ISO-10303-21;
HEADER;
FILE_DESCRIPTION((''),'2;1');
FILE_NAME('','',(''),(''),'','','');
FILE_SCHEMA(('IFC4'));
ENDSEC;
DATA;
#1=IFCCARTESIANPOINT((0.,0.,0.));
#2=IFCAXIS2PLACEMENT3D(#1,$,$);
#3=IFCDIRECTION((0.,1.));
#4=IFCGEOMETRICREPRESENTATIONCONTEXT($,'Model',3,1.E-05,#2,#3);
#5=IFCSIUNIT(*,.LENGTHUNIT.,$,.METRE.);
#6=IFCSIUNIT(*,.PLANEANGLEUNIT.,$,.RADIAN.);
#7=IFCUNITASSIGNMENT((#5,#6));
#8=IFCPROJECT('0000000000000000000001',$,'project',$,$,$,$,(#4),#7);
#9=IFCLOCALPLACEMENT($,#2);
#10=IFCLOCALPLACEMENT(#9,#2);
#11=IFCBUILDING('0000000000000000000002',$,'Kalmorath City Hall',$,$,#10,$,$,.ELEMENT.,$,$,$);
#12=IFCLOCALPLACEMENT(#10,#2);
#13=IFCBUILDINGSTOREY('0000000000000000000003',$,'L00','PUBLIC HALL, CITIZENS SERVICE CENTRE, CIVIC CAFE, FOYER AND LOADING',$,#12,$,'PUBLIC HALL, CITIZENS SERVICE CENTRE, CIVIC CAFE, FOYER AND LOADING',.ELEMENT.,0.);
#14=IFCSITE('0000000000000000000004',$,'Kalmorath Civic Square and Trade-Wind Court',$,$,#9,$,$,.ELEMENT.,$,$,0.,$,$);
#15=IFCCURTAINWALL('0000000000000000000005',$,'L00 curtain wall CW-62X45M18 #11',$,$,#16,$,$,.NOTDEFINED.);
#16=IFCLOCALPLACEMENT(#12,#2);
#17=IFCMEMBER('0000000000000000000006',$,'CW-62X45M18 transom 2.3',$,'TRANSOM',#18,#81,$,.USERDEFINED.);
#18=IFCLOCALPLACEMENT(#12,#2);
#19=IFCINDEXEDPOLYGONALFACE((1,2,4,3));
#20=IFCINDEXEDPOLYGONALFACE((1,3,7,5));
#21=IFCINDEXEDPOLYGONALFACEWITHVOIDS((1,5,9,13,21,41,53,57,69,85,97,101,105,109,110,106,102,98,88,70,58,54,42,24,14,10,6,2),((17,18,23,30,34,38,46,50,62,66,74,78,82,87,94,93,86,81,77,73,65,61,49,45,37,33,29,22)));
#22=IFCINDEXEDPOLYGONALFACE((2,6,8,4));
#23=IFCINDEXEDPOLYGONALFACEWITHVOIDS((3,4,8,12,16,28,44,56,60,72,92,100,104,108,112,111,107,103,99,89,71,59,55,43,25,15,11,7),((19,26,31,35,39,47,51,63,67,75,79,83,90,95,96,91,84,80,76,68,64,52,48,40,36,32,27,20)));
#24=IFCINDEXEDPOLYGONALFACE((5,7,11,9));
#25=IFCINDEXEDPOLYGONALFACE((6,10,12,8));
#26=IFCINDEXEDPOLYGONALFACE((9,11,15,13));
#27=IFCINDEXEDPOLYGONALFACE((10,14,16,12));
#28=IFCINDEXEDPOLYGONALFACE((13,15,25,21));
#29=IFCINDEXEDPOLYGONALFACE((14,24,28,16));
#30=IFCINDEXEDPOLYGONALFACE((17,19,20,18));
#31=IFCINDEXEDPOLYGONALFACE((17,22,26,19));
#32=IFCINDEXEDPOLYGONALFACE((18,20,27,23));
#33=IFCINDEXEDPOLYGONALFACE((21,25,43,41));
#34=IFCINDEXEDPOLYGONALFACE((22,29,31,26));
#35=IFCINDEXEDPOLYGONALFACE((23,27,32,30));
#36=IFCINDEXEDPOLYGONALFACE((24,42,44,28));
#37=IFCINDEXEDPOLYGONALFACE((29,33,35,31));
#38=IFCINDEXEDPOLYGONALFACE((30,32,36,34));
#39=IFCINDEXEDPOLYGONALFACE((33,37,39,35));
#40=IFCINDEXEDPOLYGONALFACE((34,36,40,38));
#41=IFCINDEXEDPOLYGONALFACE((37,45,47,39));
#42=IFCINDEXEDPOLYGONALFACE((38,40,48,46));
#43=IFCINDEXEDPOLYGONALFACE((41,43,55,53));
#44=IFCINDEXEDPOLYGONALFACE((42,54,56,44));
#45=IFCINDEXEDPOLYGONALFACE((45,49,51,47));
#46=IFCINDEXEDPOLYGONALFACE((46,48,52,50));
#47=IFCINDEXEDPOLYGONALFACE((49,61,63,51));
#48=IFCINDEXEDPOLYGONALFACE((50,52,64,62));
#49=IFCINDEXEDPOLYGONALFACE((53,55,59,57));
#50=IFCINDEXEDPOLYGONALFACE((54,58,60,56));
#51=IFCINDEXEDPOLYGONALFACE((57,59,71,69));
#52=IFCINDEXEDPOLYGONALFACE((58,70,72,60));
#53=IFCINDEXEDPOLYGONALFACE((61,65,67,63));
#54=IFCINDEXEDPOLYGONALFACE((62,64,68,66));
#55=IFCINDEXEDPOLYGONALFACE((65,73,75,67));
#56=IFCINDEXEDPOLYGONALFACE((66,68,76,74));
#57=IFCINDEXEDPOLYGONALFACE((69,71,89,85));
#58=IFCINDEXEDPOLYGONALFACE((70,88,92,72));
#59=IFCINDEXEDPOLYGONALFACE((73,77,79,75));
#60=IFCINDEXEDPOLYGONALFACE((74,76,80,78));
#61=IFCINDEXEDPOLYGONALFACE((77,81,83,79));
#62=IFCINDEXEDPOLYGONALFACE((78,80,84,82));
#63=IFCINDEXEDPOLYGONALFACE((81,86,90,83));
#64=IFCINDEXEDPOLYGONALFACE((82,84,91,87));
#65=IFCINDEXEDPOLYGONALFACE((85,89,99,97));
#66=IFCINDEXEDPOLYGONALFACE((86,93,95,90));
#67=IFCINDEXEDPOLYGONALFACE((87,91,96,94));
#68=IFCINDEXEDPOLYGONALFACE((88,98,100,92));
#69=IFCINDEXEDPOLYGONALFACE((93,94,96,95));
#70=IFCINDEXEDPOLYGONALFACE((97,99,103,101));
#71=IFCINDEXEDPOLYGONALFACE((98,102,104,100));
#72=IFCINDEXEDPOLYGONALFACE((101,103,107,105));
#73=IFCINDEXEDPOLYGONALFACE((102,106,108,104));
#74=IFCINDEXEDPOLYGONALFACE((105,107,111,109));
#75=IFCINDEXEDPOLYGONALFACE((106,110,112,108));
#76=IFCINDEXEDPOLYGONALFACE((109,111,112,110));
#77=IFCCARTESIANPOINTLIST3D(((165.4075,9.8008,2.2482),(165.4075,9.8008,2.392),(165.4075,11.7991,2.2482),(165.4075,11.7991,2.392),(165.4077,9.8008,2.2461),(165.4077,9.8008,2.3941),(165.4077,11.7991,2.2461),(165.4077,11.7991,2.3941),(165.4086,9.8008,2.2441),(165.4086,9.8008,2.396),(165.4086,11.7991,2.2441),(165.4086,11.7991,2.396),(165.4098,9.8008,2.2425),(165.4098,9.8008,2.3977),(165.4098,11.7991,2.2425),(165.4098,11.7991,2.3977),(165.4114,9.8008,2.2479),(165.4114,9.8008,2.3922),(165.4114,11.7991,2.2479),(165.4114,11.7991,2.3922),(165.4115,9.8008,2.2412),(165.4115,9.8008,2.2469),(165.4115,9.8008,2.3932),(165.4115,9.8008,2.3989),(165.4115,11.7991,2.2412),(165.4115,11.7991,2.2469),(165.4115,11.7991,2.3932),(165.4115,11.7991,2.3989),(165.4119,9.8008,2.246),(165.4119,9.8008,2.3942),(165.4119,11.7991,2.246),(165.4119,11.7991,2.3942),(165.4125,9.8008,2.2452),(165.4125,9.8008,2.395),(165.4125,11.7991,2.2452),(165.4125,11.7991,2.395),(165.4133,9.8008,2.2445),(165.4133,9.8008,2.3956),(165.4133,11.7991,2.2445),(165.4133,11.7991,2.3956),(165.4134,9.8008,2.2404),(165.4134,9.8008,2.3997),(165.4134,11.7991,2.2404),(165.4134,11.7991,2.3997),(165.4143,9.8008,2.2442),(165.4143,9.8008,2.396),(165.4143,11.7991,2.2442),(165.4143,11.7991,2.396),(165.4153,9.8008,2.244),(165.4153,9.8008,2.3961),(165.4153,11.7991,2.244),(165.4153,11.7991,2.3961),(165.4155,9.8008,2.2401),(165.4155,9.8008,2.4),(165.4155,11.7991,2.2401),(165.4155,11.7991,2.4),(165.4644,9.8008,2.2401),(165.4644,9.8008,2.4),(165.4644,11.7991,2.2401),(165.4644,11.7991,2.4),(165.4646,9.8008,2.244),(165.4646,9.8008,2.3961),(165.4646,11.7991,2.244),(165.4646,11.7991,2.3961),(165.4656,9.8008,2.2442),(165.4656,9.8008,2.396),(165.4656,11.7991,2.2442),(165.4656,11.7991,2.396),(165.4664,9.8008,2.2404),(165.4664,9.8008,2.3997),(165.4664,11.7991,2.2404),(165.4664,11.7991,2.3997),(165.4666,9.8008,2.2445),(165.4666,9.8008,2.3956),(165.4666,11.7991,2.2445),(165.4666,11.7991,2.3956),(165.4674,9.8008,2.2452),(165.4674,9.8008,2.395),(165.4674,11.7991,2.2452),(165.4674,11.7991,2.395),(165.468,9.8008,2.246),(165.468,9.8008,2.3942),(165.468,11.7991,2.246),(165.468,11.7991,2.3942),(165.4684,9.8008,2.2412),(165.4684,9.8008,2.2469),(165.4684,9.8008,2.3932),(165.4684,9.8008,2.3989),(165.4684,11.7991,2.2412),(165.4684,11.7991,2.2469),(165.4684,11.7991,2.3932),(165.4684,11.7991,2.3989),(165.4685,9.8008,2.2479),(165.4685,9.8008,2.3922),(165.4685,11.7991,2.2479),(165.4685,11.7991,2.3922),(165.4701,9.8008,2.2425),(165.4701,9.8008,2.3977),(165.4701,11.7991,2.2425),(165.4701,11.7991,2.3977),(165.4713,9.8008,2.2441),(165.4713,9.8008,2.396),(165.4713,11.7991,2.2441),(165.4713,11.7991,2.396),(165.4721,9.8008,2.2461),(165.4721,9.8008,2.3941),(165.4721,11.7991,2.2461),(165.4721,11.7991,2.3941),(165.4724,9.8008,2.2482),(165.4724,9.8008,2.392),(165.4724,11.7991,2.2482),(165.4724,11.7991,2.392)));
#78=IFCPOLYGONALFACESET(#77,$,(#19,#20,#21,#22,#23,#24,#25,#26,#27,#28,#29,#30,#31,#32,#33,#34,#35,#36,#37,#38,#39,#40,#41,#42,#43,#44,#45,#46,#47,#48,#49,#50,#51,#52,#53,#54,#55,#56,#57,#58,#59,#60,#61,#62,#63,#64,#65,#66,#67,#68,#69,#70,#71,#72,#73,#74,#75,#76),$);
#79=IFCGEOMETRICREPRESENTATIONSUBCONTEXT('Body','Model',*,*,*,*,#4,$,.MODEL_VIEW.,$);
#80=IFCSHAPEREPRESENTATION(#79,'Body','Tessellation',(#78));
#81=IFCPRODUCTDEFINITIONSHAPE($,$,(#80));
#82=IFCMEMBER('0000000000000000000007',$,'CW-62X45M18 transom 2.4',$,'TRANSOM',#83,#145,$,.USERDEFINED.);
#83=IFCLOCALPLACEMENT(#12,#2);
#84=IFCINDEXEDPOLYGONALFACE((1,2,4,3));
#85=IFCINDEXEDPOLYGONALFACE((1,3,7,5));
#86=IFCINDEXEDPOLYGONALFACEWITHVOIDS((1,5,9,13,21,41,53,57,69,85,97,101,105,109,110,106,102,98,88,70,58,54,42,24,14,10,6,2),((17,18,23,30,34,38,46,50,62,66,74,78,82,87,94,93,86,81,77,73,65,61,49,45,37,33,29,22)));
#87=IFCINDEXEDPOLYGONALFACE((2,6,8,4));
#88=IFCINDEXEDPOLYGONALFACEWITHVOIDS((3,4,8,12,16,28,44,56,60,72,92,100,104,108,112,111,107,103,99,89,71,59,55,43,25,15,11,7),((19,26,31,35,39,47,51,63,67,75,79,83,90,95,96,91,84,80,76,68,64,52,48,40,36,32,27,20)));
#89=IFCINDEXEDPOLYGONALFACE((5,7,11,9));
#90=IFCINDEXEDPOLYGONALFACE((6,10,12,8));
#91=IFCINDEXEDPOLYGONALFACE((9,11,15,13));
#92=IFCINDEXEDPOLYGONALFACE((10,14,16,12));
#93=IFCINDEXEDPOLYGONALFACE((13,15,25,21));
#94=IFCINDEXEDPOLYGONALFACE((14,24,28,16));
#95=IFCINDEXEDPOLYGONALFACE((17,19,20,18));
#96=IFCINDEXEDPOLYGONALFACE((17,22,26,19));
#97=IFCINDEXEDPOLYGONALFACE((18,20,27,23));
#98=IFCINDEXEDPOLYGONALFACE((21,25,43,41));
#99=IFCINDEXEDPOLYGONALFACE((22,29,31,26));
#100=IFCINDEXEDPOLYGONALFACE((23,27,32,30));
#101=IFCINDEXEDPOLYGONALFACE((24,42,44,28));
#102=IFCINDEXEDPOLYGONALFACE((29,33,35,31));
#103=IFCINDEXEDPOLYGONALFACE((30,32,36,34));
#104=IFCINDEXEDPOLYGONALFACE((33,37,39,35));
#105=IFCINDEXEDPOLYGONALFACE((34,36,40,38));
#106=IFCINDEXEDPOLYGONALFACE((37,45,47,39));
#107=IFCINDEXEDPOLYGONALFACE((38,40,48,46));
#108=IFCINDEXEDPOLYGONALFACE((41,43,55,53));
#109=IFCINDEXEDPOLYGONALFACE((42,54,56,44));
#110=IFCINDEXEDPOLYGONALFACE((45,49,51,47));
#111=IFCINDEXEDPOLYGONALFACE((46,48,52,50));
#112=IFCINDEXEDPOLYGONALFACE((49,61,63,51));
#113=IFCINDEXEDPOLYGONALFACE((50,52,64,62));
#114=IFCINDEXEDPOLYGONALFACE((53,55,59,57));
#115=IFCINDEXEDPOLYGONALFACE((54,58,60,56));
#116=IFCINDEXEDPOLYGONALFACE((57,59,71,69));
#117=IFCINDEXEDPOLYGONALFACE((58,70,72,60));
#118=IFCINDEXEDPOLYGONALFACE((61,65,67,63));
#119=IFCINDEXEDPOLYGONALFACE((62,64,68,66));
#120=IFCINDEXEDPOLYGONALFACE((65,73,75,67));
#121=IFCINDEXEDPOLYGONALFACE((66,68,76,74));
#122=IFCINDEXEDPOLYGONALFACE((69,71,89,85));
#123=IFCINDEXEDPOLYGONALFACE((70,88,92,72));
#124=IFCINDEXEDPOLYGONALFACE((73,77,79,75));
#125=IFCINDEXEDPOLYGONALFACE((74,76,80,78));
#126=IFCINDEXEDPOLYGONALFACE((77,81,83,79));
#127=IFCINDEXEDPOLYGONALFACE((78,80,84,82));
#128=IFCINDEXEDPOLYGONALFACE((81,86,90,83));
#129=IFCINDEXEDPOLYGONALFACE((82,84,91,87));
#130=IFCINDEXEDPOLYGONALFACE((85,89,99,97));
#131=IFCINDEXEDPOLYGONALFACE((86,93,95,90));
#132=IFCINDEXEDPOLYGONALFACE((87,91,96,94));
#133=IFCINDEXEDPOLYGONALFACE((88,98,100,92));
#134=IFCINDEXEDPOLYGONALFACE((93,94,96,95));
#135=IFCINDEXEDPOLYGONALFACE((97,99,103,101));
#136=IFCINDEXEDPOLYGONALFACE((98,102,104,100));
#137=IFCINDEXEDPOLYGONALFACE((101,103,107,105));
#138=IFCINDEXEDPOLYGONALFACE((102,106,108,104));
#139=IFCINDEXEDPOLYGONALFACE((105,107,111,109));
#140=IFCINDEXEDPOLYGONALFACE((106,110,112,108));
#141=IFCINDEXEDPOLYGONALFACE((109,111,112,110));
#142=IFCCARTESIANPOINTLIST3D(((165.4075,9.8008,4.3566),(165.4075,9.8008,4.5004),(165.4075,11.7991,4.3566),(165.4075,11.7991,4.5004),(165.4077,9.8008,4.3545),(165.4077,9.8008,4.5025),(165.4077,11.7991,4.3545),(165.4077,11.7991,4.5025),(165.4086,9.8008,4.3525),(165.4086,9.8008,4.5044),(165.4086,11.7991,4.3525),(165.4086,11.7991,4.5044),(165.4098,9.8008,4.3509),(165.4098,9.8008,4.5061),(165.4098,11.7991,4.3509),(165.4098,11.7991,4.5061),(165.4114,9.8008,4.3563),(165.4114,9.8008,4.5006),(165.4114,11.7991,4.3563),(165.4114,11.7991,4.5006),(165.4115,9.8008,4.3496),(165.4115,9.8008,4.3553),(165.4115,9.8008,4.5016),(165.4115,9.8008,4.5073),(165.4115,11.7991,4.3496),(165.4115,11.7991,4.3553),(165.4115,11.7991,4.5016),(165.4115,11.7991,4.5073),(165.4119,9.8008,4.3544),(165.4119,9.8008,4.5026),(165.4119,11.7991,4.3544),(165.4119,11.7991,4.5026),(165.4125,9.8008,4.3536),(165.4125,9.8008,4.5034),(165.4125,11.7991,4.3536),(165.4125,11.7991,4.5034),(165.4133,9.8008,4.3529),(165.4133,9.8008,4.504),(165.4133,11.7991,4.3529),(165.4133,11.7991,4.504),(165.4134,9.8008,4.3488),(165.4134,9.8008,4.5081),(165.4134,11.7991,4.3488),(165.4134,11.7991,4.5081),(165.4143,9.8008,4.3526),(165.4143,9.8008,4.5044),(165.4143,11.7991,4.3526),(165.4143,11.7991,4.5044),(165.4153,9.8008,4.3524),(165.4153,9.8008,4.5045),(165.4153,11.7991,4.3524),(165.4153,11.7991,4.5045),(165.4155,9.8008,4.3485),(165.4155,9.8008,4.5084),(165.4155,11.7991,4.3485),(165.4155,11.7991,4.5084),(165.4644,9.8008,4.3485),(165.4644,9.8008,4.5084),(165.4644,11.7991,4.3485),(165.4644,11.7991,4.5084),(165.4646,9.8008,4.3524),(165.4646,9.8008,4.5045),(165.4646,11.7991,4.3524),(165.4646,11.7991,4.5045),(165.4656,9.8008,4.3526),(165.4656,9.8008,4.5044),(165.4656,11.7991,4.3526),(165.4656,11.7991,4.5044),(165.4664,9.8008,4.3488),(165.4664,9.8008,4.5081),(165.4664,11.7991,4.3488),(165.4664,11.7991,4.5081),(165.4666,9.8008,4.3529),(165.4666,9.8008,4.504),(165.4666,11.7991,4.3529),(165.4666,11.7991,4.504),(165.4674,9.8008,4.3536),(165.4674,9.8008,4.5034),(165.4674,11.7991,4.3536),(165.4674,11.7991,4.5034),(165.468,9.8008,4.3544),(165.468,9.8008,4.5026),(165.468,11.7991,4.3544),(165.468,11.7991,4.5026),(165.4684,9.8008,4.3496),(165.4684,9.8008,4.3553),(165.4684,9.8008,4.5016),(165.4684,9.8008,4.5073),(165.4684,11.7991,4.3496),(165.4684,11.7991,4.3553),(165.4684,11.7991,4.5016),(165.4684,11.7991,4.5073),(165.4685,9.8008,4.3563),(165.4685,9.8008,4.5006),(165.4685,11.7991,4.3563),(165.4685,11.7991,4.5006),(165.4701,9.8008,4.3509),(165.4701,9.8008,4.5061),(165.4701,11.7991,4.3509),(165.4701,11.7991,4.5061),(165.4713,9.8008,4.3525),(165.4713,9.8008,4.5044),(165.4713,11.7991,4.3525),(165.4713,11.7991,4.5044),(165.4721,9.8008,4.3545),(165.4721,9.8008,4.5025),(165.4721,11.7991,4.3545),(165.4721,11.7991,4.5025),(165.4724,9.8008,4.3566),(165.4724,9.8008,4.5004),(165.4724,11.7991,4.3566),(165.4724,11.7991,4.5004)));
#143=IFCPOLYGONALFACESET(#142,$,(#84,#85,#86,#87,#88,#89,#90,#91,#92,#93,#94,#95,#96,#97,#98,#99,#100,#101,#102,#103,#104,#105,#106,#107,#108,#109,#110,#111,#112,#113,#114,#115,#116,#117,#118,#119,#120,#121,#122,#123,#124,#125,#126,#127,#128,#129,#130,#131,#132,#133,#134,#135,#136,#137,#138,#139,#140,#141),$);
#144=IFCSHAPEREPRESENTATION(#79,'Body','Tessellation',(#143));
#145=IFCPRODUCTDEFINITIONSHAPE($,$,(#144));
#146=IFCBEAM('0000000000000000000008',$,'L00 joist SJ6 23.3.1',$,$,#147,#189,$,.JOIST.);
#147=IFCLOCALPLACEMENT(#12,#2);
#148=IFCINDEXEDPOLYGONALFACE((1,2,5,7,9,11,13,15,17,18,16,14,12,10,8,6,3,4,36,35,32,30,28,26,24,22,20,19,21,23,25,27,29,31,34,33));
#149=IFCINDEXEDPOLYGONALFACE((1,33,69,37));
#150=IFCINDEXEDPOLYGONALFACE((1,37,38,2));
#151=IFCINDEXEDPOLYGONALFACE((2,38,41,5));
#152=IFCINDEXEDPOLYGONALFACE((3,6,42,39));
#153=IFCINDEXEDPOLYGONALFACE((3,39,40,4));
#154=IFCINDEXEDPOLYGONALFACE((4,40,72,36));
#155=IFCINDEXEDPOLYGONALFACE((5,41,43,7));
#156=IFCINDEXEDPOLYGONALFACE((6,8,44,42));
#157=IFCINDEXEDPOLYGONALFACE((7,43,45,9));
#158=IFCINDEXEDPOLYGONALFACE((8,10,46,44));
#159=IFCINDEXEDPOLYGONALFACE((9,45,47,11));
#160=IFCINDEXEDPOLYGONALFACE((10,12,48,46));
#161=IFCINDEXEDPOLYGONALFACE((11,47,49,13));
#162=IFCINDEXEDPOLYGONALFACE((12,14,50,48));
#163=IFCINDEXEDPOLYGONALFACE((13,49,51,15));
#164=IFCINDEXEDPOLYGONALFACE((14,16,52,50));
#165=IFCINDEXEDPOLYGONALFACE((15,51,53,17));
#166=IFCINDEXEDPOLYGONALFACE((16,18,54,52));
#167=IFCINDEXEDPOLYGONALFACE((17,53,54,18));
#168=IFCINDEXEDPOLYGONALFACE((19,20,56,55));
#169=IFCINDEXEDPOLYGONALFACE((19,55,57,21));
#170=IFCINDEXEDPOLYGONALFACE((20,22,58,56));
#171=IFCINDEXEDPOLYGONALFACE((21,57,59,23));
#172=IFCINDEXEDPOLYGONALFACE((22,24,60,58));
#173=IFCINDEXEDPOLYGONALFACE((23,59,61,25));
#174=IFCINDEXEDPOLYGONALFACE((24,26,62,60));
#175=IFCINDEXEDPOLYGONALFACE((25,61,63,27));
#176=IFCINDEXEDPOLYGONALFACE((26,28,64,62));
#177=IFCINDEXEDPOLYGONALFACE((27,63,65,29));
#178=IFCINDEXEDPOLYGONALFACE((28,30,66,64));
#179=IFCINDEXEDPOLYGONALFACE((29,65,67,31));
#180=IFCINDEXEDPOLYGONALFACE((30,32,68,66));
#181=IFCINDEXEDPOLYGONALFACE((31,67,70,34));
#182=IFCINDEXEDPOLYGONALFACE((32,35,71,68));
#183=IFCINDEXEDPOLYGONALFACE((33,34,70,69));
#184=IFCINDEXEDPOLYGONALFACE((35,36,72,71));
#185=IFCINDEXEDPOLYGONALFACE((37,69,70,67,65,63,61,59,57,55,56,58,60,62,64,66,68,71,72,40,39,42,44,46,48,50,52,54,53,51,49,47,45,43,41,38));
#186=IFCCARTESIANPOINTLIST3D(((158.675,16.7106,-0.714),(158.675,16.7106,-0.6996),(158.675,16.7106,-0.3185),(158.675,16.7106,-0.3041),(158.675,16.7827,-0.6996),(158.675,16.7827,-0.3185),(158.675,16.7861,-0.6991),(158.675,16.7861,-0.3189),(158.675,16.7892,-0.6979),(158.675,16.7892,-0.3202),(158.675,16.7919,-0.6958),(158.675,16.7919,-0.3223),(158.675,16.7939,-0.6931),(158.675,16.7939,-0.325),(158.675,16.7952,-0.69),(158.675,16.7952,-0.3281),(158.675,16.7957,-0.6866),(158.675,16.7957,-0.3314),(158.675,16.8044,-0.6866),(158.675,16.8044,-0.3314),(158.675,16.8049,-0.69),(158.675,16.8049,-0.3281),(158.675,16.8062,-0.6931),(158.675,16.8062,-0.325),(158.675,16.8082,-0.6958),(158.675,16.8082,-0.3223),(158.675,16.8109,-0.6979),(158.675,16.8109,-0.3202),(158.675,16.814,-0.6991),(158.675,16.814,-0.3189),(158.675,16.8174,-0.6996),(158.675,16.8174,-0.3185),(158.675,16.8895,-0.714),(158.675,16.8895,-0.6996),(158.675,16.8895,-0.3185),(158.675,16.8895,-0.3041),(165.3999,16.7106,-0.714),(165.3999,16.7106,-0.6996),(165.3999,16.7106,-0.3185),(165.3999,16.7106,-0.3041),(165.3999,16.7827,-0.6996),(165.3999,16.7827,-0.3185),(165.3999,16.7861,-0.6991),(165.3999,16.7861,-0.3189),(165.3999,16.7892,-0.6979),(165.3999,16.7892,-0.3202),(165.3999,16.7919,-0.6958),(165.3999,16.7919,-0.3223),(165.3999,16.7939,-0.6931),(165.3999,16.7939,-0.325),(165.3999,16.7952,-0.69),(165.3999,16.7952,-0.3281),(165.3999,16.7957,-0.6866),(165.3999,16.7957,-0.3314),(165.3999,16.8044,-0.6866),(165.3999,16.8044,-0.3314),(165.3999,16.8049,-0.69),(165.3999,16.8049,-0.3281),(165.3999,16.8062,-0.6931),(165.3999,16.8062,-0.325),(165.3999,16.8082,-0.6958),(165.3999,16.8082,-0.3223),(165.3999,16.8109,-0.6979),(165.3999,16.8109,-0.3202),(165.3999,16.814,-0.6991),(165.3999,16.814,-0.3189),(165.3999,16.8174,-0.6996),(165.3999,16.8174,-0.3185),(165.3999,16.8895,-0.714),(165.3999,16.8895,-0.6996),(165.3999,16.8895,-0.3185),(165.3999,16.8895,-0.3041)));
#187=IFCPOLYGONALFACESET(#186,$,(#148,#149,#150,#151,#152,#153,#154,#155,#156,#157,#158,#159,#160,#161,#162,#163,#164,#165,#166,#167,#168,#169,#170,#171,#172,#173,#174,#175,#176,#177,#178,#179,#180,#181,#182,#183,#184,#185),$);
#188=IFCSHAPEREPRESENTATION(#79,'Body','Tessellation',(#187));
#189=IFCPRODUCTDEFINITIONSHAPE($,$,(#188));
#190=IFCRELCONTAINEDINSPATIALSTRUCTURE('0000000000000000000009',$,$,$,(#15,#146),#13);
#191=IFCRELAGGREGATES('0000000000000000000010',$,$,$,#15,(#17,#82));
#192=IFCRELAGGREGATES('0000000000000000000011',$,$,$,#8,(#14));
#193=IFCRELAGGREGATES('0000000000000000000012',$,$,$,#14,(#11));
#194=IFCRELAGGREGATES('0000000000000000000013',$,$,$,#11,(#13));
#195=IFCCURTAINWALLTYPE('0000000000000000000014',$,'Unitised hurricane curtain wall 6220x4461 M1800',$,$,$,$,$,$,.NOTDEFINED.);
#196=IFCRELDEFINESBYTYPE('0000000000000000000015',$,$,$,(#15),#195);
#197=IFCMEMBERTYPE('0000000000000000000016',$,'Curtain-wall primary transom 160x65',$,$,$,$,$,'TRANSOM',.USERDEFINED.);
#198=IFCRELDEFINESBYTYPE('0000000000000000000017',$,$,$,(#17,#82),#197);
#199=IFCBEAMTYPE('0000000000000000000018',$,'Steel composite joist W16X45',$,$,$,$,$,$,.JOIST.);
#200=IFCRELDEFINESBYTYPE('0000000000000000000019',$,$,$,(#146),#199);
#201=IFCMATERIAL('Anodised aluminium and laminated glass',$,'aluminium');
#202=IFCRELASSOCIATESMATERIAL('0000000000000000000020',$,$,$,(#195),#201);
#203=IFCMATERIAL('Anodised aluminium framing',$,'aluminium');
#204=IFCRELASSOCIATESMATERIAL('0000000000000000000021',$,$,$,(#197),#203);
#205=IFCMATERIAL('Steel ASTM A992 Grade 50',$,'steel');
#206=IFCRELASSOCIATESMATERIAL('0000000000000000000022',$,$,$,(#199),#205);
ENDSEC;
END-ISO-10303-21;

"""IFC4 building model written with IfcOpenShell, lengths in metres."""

from ifc_helpers import new_model, si_unit, direction, frame, origin, origin_2d, place, context, subcontext, project, spatial, hollow_rectangle, i_section, extrude, material, material_profile, profile_set, type_object, element, aggregate, save


model = new_model("IFC4")

# Units and contexts
model_context = context("Model", 3, precision=1e-05, world=origin(), true_north=direction((0.0, 1.0)))
body_context = subcontext(model_context, "Body", "Model", "MODEL_VIEW")
ifc_project = project(units=[si_unit("LENGTHUNIT", "METRE"), si_unit("PLANEANGLEUNIT", "RADIAN")], contexts=[model_context])

# Site, building, storey
site_placement = place(None, origin())
site = spatial("IfcSite", under=ifc_project, at=site_placement, Name="Kalmorath Civic Square and Trade-Wind Court", CompositionType="ELEMENT", RefElevation=0.0)
building_placement = place(site_placement, origin())
building = spatial("IfcBuilding", under=site, at=building_placement, Name="Kalmorath City Hall", CompositionType="ELEMENT")
storey_placement = place(building_placement, origin())
storey = spatial("IfcBuildingStorey", under=building, at=storey_placement, Name="L00", Description="PUBLIC HALL, CITIZENS SERVICE CENTRE, CIVIC CAFE, FOYER AND LOADING", LongName="PUBLIC HALL, CITIZENS SERVICE CENTRE, CIVIC CAFE, FOYER AND LOADING", CompositionType="ELEMENT", Elevation=0.0)

# Curtain wall, members
ifc_material_1 = material(Name="Anodised aluminium and laminated glass", Category="aluminium")
curtain_wall_type = type_object("IfcCurtainWallType", Name="Unitised hurricane curtain wall 6220x4461 M1800", PredefinedType="NOTDEFINED", material=ifc_material_1)
curtain_wall_placement = place(storey_placement, origin())
curtain_wall = element("IfcCurtainWall", 1, at=curtain_wall_placement, inside=storey, type_object=curtain_wall_type, Name="L00 curtain wall CW-62X45M18 #11", PredefinedType="NOTDEFINED")
ifc_material_2 = material(Name="Anodised aluminium framing", Category="aluminium")
ifc_material_profile_1 = material_profile(ifc_material_2, hollow_rectangle(XDim=0.0649, YDim=0.1599, WallThickness=0.0039, InnerFilletRadius=0.0039, OuterFilletRadius=0.0081, at=origin_2d()), Name="ALU-TRN-160X65X4")
ifc_profile_set_1 = profile_set([ifc_material_profile_1], Name="Anodised aluminium framing")
member_type_1 = type_object("IfcMemberType", Name="Curtain-wall primary transom 160x65", ElementType="TRANSOM", PredefinedType="USERDEFINED", material=ifc_profile_set_1)
member_1_placement = place(storey_placement, frame((165.4399, 11.7991, 2.3201), z_axis=(0.0, -1.0, 0.0), x_axis=(1.0, 0.0, 0.0)))
member_1 = element("IfcMember", 2, at=member_1_placement, type_object=member_type_1, Name="CW-62X45M18 transom 2.3", ObjectType="TRANSOM", PredefinedType="USERDEFINED", context=body_context, shape_type="SweptSolid", body=[
    extrude(hollow_rectangle(XDim=0.0649, YDim=0.1599, WallThickness=0.0039, InnerFilletRadius=0.0039, OuterFilletRadius=0.0081, at=origin_2d()), origin(), (0.0, 0.0, 1.0), 1.9983),
])
member_2_placement = place(storey_placement, frame((165.4399, 11.7991, 4.4285), z_axis=(0.0, -1.0, 0.0), x_axis=(1.0, 0.0, 0.0)))
member_2 = element("IfcMember", 3, at=member_2_placement, type_object=member_type_1, Name="CW-62X45M18 transom 2.4", ObjectType="TRANSOM", PredefinedType="USERDEFINED", context=body_context, shape_type="SweptSolid", body=[
    extrude(hollow_rectangle(XDim=0.0649, YDim=0.1599, WallThickness=0.0039, InnerFilletRadius=0.0039, OuterFilletRadius=0.0081, at=origin_2d()), origin(), (0.0, 0.0, 1.0), 1.9983),
])

# Beam
ifc_material_3 = material(Name="Steel ASTM A992 Grade 50", Category="steel")
ifc_material_profile_2 = material_profile(ifc_material_3, i_section(OverallWidth=0.179, OverallDepth=0.4099, WebThickness=0.0088, FlangeThickness=0.0144, FilletRadius=0.0129, at=origin_2d()), Name="W16X45")
ifc_profile_set_2 = profile_set([ifc_material_profile_2], Name="Steel ASTM A992 Grade 50")
beam_type_1 = type_object("IfcBeamType", Name="Steel composite joist W16X45", PredefinedType="JOIST", material=ifc_profile_set_2)
for number, where, z_axis, x_axis, name in (
    (4, (158.675, 16.8, -0.509), (1.0, 0.0, 0.0), (0.0, 1.0, 0.0), "L00 joist SJ6 23.3.1"),
):
    element("IfcBeam", number, at=place(storey_placement, frame(where, z_axis=z_axis, x_axis=x_axis)), inside=storey, type_object=beam_type_1, Name=name, PredefinedType="JOIST", context=body_context, shape_type="SweptSolid", body=[
        extrude(i_section(OverallWidth=0.179, OverallDepth=0.4099, WebThickness=0.0088, FlangeThickness=0.0144, FilletRadius=0.0129, at=origin_2d()), origin(), (0.0, 0.0, 1.0), 6.7249),
    ])

aggregate(curtain_wall, [member_1, member_2])

save(model, "model.ifc")
